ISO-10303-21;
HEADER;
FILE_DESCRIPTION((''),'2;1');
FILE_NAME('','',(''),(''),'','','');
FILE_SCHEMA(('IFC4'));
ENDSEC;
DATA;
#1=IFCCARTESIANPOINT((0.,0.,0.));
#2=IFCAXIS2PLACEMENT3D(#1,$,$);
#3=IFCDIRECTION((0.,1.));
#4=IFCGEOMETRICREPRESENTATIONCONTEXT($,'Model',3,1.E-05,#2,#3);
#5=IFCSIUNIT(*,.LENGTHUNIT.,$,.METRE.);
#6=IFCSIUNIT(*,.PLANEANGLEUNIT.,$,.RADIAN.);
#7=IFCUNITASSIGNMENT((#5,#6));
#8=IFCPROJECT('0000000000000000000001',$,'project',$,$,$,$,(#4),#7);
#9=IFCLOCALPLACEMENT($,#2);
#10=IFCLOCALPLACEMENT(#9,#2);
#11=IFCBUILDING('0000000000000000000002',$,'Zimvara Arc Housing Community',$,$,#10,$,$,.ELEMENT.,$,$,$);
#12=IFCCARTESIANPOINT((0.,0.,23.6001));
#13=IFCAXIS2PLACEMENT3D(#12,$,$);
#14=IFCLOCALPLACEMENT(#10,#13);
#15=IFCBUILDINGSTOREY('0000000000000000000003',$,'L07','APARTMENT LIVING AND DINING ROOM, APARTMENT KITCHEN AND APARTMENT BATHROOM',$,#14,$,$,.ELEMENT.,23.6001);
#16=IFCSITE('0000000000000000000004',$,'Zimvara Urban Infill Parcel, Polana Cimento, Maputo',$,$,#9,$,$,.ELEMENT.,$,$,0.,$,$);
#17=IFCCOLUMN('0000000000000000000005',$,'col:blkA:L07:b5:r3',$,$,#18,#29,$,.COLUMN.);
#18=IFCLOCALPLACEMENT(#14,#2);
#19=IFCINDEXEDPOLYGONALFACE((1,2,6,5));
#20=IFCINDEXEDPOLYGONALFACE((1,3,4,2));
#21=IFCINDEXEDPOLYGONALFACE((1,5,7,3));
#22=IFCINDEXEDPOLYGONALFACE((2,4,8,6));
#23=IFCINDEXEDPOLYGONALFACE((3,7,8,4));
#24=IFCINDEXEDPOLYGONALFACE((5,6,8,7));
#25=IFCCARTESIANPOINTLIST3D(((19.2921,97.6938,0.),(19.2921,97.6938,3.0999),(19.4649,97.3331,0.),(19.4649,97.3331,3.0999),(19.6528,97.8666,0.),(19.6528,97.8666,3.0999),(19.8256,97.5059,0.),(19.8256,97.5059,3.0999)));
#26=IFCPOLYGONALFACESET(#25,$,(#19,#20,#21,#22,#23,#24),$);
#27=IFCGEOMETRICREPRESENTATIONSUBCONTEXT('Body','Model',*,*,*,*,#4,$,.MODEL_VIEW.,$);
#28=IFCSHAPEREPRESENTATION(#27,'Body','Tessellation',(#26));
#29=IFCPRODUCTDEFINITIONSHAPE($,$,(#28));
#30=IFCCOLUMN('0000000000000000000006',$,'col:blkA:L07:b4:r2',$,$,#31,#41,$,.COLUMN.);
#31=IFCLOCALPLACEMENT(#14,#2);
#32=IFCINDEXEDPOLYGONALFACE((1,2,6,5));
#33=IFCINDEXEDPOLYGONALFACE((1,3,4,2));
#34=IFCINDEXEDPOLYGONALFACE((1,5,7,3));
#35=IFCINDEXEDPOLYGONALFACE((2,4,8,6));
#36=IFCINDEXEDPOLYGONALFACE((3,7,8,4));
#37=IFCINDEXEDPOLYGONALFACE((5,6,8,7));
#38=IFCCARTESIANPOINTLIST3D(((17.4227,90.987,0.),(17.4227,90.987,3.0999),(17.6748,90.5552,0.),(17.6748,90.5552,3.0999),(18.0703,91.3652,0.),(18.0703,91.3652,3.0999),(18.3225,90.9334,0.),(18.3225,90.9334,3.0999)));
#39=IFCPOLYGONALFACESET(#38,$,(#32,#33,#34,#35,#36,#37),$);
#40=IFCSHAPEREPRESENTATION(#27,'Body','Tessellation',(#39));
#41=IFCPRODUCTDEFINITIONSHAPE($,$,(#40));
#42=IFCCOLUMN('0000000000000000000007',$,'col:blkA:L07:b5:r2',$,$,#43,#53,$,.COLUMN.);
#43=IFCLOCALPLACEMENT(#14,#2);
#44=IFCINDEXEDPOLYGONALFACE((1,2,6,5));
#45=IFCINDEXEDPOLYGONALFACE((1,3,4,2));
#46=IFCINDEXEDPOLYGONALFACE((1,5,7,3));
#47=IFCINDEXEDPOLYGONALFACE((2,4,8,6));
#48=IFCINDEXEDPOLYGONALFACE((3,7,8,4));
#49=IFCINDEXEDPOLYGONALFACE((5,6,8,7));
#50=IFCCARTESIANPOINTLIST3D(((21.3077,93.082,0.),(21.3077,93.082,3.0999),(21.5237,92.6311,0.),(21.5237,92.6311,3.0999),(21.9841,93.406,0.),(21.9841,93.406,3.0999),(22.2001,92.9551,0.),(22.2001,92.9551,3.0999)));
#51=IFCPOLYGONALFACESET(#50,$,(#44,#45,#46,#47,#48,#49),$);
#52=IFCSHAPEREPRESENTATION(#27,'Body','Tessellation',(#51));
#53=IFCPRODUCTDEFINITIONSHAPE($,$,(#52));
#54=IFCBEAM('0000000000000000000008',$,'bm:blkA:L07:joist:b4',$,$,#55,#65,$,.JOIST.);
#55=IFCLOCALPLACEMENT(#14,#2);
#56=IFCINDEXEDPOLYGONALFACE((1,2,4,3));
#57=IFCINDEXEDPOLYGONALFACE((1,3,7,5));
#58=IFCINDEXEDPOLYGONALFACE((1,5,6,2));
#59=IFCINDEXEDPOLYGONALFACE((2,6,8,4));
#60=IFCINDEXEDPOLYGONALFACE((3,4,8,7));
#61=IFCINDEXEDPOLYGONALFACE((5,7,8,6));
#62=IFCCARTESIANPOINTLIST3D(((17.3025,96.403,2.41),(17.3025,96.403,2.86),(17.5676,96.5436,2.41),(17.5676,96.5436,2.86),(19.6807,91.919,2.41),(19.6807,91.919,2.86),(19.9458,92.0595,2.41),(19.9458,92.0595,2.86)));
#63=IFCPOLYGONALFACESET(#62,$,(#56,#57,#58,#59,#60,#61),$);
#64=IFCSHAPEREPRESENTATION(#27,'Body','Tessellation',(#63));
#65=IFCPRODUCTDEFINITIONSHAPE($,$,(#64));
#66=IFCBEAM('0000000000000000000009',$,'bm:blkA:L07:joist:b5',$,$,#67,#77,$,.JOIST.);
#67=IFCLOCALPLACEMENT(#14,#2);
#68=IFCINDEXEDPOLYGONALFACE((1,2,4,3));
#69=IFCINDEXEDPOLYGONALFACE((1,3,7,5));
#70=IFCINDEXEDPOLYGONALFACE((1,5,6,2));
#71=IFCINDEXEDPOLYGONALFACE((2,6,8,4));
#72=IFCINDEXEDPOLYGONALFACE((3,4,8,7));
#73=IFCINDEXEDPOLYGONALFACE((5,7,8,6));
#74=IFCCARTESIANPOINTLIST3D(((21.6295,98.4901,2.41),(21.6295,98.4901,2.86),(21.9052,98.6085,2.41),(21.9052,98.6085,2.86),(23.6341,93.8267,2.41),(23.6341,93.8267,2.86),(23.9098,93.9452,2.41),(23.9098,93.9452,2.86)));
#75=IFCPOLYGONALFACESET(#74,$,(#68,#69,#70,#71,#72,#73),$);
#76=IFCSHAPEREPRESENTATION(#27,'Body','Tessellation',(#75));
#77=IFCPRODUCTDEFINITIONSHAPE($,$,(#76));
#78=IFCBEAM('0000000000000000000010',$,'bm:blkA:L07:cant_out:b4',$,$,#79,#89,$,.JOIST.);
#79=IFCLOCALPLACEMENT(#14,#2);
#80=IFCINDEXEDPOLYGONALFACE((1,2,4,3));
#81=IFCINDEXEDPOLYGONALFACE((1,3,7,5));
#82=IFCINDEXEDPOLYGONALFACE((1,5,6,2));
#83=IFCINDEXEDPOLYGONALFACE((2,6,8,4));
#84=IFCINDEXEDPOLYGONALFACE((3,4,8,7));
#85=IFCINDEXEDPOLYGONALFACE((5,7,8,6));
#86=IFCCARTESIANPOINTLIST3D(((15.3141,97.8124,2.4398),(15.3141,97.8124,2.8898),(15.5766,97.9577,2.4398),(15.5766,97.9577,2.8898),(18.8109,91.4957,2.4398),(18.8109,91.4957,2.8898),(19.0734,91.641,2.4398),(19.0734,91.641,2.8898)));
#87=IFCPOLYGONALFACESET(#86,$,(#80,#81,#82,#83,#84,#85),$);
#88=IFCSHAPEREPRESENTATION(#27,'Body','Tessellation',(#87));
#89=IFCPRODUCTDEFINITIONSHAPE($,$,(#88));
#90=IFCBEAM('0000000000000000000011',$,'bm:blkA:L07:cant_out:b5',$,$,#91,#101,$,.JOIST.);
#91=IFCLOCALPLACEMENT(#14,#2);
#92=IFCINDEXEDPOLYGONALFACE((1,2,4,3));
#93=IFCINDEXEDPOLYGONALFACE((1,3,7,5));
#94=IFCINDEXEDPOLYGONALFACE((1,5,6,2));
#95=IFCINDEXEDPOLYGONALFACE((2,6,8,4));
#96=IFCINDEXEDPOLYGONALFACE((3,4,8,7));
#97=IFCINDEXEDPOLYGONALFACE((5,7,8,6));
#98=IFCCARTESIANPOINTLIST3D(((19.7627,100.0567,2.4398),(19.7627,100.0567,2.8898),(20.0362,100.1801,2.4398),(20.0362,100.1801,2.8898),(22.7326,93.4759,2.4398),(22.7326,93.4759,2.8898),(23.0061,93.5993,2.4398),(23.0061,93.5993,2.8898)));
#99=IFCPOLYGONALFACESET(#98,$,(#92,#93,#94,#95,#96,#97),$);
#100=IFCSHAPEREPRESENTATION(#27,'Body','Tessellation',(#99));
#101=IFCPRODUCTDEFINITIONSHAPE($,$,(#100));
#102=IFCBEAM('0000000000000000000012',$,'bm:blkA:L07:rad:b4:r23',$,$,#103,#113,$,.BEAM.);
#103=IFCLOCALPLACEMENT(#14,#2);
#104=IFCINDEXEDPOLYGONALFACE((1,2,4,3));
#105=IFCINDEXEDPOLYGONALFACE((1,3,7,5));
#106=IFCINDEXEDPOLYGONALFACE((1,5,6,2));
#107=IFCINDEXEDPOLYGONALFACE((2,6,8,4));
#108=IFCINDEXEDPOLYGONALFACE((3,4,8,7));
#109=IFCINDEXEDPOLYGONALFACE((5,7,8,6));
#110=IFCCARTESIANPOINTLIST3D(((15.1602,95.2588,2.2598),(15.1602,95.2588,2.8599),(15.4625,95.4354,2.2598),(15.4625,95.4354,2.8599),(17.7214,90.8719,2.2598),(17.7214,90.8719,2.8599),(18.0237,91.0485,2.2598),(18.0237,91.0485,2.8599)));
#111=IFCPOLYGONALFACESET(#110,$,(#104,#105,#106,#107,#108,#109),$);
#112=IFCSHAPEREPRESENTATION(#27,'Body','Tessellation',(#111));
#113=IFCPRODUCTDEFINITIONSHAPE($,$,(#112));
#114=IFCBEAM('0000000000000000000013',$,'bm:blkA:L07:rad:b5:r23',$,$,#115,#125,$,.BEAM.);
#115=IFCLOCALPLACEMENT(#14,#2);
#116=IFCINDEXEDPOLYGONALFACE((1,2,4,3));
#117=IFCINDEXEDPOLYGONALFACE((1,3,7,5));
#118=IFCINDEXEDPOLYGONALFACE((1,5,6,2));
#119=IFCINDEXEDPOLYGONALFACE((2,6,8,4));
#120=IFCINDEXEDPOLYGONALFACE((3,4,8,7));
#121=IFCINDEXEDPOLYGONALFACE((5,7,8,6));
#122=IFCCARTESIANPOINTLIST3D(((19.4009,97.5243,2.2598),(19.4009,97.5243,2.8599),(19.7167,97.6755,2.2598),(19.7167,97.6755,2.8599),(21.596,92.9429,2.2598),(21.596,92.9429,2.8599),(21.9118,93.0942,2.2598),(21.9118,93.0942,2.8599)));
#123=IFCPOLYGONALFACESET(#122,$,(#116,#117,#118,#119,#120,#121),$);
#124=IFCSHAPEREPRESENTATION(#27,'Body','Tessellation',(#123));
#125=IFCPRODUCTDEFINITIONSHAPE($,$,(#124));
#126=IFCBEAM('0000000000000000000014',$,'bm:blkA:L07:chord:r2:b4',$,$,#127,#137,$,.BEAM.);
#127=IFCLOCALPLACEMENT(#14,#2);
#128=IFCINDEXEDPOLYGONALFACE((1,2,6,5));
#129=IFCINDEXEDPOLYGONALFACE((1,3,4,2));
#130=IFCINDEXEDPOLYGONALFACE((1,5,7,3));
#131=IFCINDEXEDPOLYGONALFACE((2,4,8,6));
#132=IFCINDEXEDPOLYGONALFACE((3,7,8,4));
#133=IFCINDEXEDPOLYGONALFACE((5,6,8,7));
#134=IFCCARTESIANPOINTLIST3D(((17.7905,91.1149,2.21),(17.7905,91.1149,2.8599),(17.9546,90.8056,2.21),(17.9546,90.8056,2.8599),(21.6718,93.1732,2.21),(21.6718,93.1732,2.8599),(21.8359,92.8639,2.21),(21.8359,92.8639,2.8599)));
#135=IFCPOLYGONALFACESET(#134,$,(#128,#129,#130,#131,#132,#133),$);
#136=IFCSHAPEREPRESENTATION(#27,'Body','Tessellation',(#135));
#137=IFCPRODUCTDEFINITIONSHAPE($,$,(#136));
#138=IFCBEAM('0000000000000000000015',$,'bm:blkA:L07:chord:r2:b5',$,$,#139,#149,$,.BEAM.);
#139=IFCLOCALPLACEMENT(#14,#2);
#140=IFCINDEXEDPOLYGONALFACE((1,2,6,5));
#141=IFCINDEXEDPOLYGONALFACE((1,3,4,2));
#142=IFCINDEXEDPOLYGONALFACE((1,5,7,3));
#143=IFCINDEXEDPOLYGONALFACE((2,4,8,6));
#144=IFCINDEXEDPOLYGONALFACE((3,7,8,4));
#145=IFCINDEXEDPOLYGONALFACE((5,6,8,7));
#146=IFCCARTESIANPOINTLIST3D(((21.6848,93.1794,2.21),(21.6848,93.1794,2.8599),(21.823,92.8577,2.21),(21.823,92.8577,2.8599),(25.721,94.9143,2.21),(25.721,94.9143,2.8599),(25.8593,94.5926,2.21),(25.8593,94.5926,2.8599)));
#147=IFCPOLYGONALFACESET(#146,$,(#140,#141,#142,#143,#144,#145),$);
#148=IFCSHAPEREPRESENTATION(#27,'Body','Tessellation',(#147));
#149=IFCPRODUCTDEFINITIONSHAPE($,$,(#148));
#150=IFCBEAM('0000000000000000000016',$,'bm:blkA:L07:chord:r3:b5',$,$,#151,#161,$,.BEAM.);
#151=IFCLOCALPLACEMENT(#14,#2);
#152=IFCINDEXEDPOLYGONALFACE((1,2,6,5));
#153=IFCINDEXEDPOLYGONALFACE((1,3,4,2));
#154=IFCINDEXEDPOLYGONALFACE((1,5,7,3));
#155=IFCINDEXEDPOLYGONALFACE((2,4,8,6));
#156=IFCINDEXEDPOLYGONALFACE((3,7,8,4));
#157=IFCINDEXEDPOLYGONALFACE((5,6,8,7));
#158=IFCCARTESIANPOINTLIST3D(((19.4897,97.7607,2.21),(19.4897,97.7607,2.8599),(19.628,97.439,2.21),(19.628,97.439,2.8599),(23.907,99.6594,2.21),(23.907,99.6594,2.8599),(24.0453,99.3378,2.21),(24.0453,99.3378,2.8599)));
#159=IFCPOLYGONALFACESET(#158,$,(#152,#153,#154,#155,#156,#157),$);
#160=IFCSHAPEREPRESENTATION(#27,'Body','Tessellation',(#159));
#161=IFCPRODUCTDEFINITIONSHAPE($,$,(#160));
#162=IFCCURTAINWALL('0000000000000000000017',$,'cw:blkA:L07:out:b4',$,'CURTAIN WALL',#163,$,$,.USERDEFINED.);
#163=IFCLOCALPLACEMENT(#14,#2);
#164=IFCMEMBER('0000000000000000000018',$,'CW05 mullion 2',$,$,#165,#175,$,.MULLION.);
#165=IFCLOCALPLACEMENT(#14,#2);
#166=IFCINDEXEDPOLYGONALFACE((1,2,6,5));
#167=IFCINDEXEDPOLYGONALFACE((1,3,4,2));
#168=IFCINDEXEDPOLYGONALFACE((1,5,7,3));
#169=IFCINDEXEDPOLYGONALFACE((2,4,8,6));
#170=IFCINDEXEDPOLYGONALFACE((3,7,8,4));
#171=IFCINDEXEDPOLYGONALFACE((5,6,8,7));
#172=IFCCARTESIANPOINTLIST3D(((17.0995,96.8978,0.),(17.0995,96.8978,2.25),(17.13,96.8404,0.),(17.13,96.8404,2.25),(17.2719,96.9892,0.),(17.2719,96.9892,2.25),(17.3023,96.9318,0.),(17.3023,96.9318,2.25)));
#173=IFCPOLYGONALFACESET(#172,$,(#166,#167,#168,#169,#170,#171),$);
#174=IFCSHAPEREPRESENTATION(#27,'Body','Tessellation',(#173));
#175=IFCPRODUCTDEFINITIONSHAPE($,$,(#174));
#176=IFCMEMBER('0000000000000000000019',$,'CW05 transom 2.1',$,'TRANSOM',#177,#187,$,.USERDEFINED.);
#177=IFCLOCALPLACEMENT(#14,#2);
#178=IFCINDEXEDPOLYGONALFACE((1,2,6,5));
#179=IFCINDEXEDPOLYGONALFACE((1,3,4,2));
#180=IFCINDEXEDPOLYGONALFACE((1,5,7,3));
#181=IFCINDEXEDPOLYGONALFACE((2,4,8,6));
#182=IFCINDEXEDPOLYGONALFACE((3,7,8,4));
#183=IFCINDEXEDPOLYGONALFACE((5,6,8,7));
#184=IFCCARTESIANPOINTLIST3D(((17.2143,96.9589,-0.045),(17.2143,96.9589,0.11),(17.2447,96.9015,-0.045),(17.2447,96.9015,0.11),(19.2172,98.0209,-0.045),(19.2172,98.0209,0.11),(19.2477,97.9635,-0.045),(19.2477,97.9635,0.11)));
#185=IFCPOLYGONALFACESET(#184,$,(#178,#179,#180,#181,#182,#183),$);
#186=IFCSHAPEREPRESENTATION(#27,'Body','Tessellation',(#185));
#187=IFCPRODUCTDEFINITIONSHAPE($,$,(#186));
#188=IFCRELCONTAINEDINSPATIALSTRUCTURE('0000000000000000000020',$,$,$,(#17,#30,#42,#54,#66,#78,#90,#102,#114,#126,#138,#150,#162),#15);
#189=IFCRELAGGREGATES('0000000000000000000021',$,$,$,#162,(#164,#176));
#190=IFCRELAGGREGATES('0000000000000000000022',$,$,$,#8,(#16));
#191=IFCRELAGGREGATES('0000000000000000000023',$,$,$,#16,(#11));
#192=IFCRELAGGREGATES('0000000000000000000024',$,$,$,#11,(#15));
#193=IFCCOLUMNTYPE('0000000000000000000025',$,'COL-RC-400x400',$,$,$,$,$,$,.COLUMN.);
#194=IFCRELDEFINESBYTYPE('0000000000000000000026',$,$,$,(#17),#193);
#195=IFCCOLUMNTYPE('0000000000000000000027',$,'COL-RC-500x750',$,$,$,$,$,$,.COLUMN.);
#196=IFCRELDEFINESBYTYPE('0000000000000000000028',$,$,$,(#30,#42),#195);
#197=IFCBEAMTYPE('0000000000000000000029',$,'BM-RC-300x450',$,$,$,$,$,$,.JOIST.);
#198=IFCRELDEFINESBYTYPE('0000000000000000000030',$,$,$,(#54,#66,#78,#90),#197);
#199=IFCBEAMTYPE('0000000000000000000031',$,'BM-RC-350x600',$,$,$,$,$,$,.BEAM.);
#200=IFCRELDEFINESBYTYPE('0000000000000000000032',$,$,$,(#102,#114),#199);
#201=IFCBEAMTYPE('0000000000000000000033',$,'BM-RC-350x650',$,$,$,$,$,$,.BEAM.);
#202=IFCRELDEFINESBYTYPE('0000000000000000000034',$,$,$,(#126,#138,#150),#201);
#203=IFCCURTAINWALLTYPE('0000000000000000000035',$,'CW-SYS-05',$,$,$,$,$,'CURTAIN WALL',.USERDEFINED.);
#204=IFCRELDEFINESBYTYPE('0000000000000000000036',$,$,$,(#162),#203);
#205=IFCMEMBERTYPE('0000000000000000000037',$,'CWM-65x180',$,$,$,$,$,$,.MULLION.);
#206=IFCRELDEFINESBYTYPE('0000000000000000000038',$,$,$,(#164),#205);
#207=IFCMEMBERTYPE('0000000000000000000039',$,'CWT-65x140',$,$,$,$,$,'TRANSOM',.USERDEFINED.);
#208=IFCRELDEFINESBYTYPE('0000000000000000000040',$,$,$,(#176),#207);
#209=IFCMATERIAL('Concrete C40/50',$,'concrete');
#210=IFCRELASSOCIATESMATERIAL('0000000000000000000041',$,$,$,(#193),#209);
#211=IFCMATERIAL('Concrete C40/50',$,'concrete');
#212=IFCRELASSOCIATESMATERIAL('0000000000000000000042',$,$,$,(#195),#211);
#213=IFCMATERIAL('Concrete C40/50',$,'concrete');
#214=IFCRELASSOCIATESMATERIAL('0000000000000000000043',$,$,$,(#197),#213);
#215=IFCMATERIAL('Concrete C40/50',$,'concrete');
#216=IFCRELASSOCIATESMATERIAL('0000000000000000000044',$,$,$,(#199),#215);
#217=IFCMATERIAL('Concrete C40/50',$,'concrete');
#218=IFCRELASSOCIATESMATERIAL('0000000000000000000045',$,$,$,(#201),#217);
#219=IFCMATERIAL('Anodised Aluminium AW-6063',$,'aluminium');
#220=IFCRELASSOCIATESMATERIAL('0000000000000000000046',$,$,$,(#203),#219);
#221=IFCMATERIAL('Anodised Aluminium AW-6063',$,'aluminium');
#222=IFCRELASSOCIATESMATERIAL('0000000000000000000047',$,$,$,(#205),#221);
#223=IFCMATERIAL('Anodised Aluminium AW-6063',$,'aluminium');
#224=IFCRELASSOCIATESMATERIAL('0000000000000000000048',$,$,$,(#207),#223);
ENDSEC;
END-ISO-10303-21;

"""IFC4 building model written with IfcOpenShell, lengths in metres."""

from ifc_helpers import new_model, si_unit, direction, frame, origin, origin_2d, place, context, subcontext, project, spatial, rectangle, extrude, material, material_profile, profile_set, type_object, element, aggregate, save


model = new_model("IFC4")

# Units and contexts
model_context = context("Model", 3, precision=1e-05, world=origin(), true_north=direction((0.0, 1.0)))
body_context = subcontext(model_context, "Body", "Model", "MODEL_VIEW")
ifc_project = project(units=[si_unit("LENGTHUNIT", "METRE"), si_unit("PLANEANGLEUNIT", "RADIAN")], contexts=[model_context])

# Site, building, storey
site_placement = place(None, origin())
site = spatial("IfcSite", under=ifc_project, at=site_placement, Name="Zimvara Urban Infill Parcel, Polana Cimento, Maputo", CompositionType="ELEMENT", RefElevation=0.0)
building_placement = place(site_placement, origin())
building = spatial("IfcBuilding", under=site, at=building_placement, Name="Zimvara Arc Housing Community", CompositionType="ELEMENT")
storey_placement = place(building_placement, frame((0.0, 0.0, 23.6001)))
storey = spatial("IfcBuildingStorey", under=building, at=storey_placement, Name="L07", Description="APARTMENT LIVING AND DINING ROOM, APARTMENT KITCHEN AND APARTMENT BATHROOM", CompositionType="ELEMENT", Elevation=23.6001)

# Columns
ifc_material_1 = material(Name="Concrete C40/50", Category="concrete")
ifc_material_profile_1 = material_profile(ifc_material_1, rectangle(XDim=0.3999, YDim=0.3999, at=origin_2d()), Name="RC 400x400")
ifc_profile_set_1 = profile_set([ifc_material_profile_1], Name="Concrete C40/50")
column_type_1 = type_object("IfcColumnType", Name="COL-RC-400x400", PredefinedType="COLUMN", material=ifc_profile_set_1)
column_placement = place(storey_placement, frame((19.5588, 97.5999, 0.0), z_axis=(0.0, 0.0, 1.0), x_axis=(-0.432086, 0.901833, 0.0)))
element("IfcColumn", 1, at=column_placement, inside=storey, type_object=column_type_1, Name="col:blkA:L07:b5:r3", PredefinedType="COLUMN", context=body_context, shape_type="SweptSolid", body=[
    extrude(rectangle(XDim=0.3999, YDim=0.3999, at=origin_2d()), origin(), (0.0, 0.0, 1.0), 3.0999),
])
ifc_material_2 = material(Name="Concrete C40/50", Category="concrete")
ifc_material_profile_2 = material_profile(ifc_material_2, rectangle(XDim=0.5, YDim=0.75, at=origin_2d()), Name="RC 500x750")
ifc_profile_set_2 = profile_set([ifc_material_profile_2], Name="Concrete C40/50")
column_type_2 = type_object("IfcColumnType", Name="COL-RC-500x750", PredefinedType="COLUMN", material=ifc_profile_set_2)
for number, where, z_axis, x_axis, name in (
    (2, (17.8726, 90.9602, 0.0), (0.0, 0.0, 1.0), (-0.504226, 0.863572, 0.0), "col:blkA:L07:b4:r2"),
    (3, (21.7539, 93.0186, 0.0), (0.0, 0.0, 1.0), (-0.432086, 0.901833, 0.0), "col:blkA:L07:b5:r2"),
):
    element("IfcColumn", number, at=place(storey_placement, frame(where, z_axis=z_axis, x_axis=x_axis)), inside=storey, type_object=column_type_2, Name=name, PredefinedType="COLUMN", context=body_context, shape_type="SweptSolid", body=[
        extrude(rectangle(XDim=0.5, YDim=0.75, at=origin_2d()), origin(), (0.0, 0.0, 1.0), 3.0999),
    ])

# Beams
ifc_material_3 = material(Name="Concrete C40/50", Category="concrete")
ifc_material_profile_3 = material_profile(ifc_material_3, rectangle(XDim=0.3, YDim=0.45, at=origin_2d()), Name="RC 300x450")
ifc_profile_set_3 = profile_set([ifc_material_profile_3], Name="Concrete C40/50")
beam_type_1 = type_object("IfcBeamType", Name="BM-RC-300x450", PredefinedType="JOIST", material=ifc_profile_set_3)
beam_1_placement = place(storey_placement, frame((19.8132, 91.9893, 2.635), z_axis=(-0.468537, 0.883444, 0.0), x_axis=(-0.883444, -0.468537, 0.0)))
element("IfcBeam", 4, at=beam_1_placement, inside=storey, type_object=beam_type_1, Name="bm:blkA:L07:joist:b4", PredefinedType="JOIST", context=body_context, shape_type="SweptSolid", body=[
    extrude(rectangle(XDim=0.3, YDim=0.45, at=origin_2d()), origin(), (0.0, 0.0, 1.0), 5.0757),
])
beam_2_placement = place(storey_placement, frame((23.772, 93.886, 2.635), z_axis=(-0.394929, 0.918712, 0.0), x_axis=(-0.918712, -0.394929, 0.0)))
element("IfcBeam", 5, at=beam_2_placement, inside=storey, type_object=beam_type_1, Name="bm:blkA:L07:joist:b5", PredefinedType="JOIST", context=body_context, shape_type="SweptSolid", body=[
    extrude(rectangle(XDim=0.3, YDim=0.45, at=origin_2d()), origin(), (0.0, 0.0, 1.0), 5.0759),
])
for number, where, z_axis, x_axis, name in (
    (6, (18.9421, 91.5684, 2.6648), (-0.484327, 0.874887, 0.0), (-0.874887, -0.484327, 0.0), "bm:blkA:L07:cant_out:b4"),
    (7, (22.8694, 93.5376, 2.6648), (-0.411356, 0.911475, 0.0), (-0.911475, -0.411356, 0.0), "bm:blkA:L07:cant_out:b5"),
):
    element("IfcBeam", number, at=place(storey_placement, frame(where, z_axis=z_axis, x_axis=x_axis)), inside=storey, type_object=beam_type_1, Name=name, PredefinedType="JOIST", context=body_context, shape_type="SweptSolid", body=[
        extrude(rectangle(XDim=0.3, YDim=0.45, at=origin_2d()), origin(), (0.0, 0.0, 1.0), 7.22),
    ])
ifc_material_4 = material(Name="Concrete C40/50", Category="concrete")
ifc_material_profile_4 = material_profile(ifc_material_4, rectangle(XDim=0.3501, YDim=0.6001, at=origin_2d()), Name="RC 350x600")
ifc_profile_set_4 = profile_set([ifc_material_profile_4], Name="Concrete C40/50")
beam_type_2 = type_object("IfcBeamType", Name="BM-RC-350x600", PredefinedType="BEAM", material=ifc_profile_set_4)
beam_3_placement = place(storey_placement, frame((17.8726, 90.9602, 2.5598), z_axis=(-0.504197, 0.863589, 0.0), x_axis=(-0.863589, -0.504197, 0.0)))
element("IfcBeam", 8, at=beam_3_placement, inside=storey, type_object=beam_type_2, Name="bm:blkA:L07:rad:b4:r23", PredefinedType="BEAM", context=body_context, shape_type="SweptSolid", body=[
    extrude(rectangle(XDim=0.3501, YDim=0.6001, at=origin_2d()), origin(), (0.0, 0.0, 1.0), 5.0798),
])
beam_4_placement = place(storey_placement, frame((21.7539, 93.0186, 2.5598), z_axis=(-0.432098, 0.901827, 0.0), x_axis=(-0.901827, -0.432098, 0.0)))
element("IfcBeam", 9, at=beam_4_placement, inside=storey, type_object=beam_type_2, Name="bm:blkA:L07:rad:b5:r23", PredefinedType="BEAM", context=body_context, shape_type="SweptSolid", body=[
    extrude(rectangle(XDim=0.3501, YDim=0.6001, at=origin_2d()), origin(), (0.0, 0.0, 1.0), 5.0801),
])
ifc_material_5 = material(Name="Concrete C40/50", Category="concrete")
ifc_material_profile_5 = material_profile(ifc_material_5, rectangle(XDim=0.3501, YDim=0.6499, at=origin_2d()), Name="RC 350x650")
ifc_profile_set_5 = profile_set([ifc_material_profile_5], Name="Concrete C40/50")
beam_type_3 = type_object("IfcBeamType", Name="BM-RC-350x650", PredefinedType="BEAM", material=ifc_profile_set_5)
for number, where, z_axis, x_axis, name in (
    (10, (17.8726, 90.9602, 2.5349), (0.883457, 0.468513, 0.0), (-0.468513, 0.883457, 0.0), "bm:blkA:L07:chord:r2:b4"),
    (11, (21.7539, 93.0186, 2.5349), (0.918725, 0.394898, 0.0), (-0.394898, 0.918725, 0.0), "bm:blkA:L07:chord:r2:b5"),
):
    element("IfcBeam", number, at=place(storey_placement, frame(where, z_axis=z_axis, x_axis=x_axis)), inside=storey, type_object=beam_type_3, Name=name, PredefinedType="BEAM", context=body_context, shape_type="SweptSolid", body=[
        extrude(rectangle(XDim=0.3501, YDim=0.6499, at=origin_2d()), origin(), (0.0, 0.0, 1.0), 4.3933),
    ])
beam_5_placement = place(storey_placement, frame((19.5588, 97.5999, 2.5349), z_axis=(0.918724, 0.3949, 0.0), x_axis=(-0.3949, 0.918724, 0.0)))
element("IfcBeam", 12, at=beam_5_placement, inside=storey, type_object=beam_type_3, Name="bm:blkA:L07:chord:r3:b5", PredefinedType="BEAM", context=body_context, shape_type="SweptSolid", body=[
    extrude(rectangle(XDim=0.3501, YDim=0.6499, at=origin_2d()), origin(), (0.0, 0.0, 1.0), 4.8081),
])

# Curtain wall, members
ifc_material_6 = material(Name="Anodised Aluminium AW-6063", Category="aluminium")
curtain_wall_type = type_object("IfcCurtainWallType", Name="CW-SYS-05", ElementType="CURTAIN WALL", PredefinedType="USERDEFINED", material=ifc_material_6)
curtain_wall_placement = place(storey_placement, origin())
curtain_wall = element("IfcCurtainWall", 13, at=curtain_wall_placement, inside=storey, type_object=curtain_wall_type, Name="cw:blkA:L07:out:b4", ObjectType="CURTAIN WALL", PredefinedType="USERDEFINED")
ifc_material_7 = material(Name="Anodised Aluminium AW-6063", Category="aluminium")
ifc_material_profile_6 = material_profile(ifc_material_7, rectangle(XDim=0.0649, YDim=0.1951, at=origin_2d()), Name="ALU 65x195")
ifc_profile_set_6 = profile_set([ifc_material_profile_6], Name="Anodised Aluminium AW-6063")
member_type_1 = type_object("IfcMemberType", Name="CWM-65x180", PredefinedType="MULLION", material=ifc_profile_set_6)
member_1_placement = place(storey_placement, frame((17.2009, 96.9148, 0.0), z_axis=(0.0, 0.0, 1.0), x_axis=(-0.468547, 0.883439, 0.0)))
member_1 = element("IfcMember", 14, at=member_1_placement, type_object=member_type_1, Name="CW05 mullion 2", PredefinedType="MULLION", context=body_context, shape_type="SweptSolid", body=[
    extrude(rectangle(XDim=0.0649, YDim=0.1951, at=origin_2d()), origin(), (0.0, 0.0, 1.0), 2.25),
])
ifc_material_8 = material(Name="Anodised Aluminium AW-6063", Category="aluminium")
ifc_material_profile_7 = material_profile(ifc_material_8, rectangle(XDim=0.0649, YDim=0.155, at=origin_2d()), Name="ALU 65x155")
ifc_profile_set_7 = profile_set([ifc_material_profile_7], Name="Anodised Aluminium AW-6063")
member_type_2 = type_object("IfcMemberType", Name="CWT-65x140", ElementType="TRANSOM", PredefinedType="USERDEFINED", material=ifc_profile_set_7)
member_2_placement = place(storey_placement, frame((17.2295, 96.9302, 0.0325), z_axis=(0.883489, 0.468452, 0.0), x_axis=(-0.468452, 0.883489, 0.0)))
member_2 = element("IfcMember", 15, at=member_2_placement, type_object=member_type_2, Name="CW05 transom 2.1", ObjectType="TRANSOM", PredefinedType="USERDEFINED", context=body_context, shape_type="SweptSolid", body=[
    extrude(rectangle(XDim=0.0649, YDim=0.155, at=origin_2d()), origin(), (0.0, 0.0, 1.0), 2.2671),
])
aggregate(curtain_wall, [member_1, member_2])

save(model, "model.ifc")
